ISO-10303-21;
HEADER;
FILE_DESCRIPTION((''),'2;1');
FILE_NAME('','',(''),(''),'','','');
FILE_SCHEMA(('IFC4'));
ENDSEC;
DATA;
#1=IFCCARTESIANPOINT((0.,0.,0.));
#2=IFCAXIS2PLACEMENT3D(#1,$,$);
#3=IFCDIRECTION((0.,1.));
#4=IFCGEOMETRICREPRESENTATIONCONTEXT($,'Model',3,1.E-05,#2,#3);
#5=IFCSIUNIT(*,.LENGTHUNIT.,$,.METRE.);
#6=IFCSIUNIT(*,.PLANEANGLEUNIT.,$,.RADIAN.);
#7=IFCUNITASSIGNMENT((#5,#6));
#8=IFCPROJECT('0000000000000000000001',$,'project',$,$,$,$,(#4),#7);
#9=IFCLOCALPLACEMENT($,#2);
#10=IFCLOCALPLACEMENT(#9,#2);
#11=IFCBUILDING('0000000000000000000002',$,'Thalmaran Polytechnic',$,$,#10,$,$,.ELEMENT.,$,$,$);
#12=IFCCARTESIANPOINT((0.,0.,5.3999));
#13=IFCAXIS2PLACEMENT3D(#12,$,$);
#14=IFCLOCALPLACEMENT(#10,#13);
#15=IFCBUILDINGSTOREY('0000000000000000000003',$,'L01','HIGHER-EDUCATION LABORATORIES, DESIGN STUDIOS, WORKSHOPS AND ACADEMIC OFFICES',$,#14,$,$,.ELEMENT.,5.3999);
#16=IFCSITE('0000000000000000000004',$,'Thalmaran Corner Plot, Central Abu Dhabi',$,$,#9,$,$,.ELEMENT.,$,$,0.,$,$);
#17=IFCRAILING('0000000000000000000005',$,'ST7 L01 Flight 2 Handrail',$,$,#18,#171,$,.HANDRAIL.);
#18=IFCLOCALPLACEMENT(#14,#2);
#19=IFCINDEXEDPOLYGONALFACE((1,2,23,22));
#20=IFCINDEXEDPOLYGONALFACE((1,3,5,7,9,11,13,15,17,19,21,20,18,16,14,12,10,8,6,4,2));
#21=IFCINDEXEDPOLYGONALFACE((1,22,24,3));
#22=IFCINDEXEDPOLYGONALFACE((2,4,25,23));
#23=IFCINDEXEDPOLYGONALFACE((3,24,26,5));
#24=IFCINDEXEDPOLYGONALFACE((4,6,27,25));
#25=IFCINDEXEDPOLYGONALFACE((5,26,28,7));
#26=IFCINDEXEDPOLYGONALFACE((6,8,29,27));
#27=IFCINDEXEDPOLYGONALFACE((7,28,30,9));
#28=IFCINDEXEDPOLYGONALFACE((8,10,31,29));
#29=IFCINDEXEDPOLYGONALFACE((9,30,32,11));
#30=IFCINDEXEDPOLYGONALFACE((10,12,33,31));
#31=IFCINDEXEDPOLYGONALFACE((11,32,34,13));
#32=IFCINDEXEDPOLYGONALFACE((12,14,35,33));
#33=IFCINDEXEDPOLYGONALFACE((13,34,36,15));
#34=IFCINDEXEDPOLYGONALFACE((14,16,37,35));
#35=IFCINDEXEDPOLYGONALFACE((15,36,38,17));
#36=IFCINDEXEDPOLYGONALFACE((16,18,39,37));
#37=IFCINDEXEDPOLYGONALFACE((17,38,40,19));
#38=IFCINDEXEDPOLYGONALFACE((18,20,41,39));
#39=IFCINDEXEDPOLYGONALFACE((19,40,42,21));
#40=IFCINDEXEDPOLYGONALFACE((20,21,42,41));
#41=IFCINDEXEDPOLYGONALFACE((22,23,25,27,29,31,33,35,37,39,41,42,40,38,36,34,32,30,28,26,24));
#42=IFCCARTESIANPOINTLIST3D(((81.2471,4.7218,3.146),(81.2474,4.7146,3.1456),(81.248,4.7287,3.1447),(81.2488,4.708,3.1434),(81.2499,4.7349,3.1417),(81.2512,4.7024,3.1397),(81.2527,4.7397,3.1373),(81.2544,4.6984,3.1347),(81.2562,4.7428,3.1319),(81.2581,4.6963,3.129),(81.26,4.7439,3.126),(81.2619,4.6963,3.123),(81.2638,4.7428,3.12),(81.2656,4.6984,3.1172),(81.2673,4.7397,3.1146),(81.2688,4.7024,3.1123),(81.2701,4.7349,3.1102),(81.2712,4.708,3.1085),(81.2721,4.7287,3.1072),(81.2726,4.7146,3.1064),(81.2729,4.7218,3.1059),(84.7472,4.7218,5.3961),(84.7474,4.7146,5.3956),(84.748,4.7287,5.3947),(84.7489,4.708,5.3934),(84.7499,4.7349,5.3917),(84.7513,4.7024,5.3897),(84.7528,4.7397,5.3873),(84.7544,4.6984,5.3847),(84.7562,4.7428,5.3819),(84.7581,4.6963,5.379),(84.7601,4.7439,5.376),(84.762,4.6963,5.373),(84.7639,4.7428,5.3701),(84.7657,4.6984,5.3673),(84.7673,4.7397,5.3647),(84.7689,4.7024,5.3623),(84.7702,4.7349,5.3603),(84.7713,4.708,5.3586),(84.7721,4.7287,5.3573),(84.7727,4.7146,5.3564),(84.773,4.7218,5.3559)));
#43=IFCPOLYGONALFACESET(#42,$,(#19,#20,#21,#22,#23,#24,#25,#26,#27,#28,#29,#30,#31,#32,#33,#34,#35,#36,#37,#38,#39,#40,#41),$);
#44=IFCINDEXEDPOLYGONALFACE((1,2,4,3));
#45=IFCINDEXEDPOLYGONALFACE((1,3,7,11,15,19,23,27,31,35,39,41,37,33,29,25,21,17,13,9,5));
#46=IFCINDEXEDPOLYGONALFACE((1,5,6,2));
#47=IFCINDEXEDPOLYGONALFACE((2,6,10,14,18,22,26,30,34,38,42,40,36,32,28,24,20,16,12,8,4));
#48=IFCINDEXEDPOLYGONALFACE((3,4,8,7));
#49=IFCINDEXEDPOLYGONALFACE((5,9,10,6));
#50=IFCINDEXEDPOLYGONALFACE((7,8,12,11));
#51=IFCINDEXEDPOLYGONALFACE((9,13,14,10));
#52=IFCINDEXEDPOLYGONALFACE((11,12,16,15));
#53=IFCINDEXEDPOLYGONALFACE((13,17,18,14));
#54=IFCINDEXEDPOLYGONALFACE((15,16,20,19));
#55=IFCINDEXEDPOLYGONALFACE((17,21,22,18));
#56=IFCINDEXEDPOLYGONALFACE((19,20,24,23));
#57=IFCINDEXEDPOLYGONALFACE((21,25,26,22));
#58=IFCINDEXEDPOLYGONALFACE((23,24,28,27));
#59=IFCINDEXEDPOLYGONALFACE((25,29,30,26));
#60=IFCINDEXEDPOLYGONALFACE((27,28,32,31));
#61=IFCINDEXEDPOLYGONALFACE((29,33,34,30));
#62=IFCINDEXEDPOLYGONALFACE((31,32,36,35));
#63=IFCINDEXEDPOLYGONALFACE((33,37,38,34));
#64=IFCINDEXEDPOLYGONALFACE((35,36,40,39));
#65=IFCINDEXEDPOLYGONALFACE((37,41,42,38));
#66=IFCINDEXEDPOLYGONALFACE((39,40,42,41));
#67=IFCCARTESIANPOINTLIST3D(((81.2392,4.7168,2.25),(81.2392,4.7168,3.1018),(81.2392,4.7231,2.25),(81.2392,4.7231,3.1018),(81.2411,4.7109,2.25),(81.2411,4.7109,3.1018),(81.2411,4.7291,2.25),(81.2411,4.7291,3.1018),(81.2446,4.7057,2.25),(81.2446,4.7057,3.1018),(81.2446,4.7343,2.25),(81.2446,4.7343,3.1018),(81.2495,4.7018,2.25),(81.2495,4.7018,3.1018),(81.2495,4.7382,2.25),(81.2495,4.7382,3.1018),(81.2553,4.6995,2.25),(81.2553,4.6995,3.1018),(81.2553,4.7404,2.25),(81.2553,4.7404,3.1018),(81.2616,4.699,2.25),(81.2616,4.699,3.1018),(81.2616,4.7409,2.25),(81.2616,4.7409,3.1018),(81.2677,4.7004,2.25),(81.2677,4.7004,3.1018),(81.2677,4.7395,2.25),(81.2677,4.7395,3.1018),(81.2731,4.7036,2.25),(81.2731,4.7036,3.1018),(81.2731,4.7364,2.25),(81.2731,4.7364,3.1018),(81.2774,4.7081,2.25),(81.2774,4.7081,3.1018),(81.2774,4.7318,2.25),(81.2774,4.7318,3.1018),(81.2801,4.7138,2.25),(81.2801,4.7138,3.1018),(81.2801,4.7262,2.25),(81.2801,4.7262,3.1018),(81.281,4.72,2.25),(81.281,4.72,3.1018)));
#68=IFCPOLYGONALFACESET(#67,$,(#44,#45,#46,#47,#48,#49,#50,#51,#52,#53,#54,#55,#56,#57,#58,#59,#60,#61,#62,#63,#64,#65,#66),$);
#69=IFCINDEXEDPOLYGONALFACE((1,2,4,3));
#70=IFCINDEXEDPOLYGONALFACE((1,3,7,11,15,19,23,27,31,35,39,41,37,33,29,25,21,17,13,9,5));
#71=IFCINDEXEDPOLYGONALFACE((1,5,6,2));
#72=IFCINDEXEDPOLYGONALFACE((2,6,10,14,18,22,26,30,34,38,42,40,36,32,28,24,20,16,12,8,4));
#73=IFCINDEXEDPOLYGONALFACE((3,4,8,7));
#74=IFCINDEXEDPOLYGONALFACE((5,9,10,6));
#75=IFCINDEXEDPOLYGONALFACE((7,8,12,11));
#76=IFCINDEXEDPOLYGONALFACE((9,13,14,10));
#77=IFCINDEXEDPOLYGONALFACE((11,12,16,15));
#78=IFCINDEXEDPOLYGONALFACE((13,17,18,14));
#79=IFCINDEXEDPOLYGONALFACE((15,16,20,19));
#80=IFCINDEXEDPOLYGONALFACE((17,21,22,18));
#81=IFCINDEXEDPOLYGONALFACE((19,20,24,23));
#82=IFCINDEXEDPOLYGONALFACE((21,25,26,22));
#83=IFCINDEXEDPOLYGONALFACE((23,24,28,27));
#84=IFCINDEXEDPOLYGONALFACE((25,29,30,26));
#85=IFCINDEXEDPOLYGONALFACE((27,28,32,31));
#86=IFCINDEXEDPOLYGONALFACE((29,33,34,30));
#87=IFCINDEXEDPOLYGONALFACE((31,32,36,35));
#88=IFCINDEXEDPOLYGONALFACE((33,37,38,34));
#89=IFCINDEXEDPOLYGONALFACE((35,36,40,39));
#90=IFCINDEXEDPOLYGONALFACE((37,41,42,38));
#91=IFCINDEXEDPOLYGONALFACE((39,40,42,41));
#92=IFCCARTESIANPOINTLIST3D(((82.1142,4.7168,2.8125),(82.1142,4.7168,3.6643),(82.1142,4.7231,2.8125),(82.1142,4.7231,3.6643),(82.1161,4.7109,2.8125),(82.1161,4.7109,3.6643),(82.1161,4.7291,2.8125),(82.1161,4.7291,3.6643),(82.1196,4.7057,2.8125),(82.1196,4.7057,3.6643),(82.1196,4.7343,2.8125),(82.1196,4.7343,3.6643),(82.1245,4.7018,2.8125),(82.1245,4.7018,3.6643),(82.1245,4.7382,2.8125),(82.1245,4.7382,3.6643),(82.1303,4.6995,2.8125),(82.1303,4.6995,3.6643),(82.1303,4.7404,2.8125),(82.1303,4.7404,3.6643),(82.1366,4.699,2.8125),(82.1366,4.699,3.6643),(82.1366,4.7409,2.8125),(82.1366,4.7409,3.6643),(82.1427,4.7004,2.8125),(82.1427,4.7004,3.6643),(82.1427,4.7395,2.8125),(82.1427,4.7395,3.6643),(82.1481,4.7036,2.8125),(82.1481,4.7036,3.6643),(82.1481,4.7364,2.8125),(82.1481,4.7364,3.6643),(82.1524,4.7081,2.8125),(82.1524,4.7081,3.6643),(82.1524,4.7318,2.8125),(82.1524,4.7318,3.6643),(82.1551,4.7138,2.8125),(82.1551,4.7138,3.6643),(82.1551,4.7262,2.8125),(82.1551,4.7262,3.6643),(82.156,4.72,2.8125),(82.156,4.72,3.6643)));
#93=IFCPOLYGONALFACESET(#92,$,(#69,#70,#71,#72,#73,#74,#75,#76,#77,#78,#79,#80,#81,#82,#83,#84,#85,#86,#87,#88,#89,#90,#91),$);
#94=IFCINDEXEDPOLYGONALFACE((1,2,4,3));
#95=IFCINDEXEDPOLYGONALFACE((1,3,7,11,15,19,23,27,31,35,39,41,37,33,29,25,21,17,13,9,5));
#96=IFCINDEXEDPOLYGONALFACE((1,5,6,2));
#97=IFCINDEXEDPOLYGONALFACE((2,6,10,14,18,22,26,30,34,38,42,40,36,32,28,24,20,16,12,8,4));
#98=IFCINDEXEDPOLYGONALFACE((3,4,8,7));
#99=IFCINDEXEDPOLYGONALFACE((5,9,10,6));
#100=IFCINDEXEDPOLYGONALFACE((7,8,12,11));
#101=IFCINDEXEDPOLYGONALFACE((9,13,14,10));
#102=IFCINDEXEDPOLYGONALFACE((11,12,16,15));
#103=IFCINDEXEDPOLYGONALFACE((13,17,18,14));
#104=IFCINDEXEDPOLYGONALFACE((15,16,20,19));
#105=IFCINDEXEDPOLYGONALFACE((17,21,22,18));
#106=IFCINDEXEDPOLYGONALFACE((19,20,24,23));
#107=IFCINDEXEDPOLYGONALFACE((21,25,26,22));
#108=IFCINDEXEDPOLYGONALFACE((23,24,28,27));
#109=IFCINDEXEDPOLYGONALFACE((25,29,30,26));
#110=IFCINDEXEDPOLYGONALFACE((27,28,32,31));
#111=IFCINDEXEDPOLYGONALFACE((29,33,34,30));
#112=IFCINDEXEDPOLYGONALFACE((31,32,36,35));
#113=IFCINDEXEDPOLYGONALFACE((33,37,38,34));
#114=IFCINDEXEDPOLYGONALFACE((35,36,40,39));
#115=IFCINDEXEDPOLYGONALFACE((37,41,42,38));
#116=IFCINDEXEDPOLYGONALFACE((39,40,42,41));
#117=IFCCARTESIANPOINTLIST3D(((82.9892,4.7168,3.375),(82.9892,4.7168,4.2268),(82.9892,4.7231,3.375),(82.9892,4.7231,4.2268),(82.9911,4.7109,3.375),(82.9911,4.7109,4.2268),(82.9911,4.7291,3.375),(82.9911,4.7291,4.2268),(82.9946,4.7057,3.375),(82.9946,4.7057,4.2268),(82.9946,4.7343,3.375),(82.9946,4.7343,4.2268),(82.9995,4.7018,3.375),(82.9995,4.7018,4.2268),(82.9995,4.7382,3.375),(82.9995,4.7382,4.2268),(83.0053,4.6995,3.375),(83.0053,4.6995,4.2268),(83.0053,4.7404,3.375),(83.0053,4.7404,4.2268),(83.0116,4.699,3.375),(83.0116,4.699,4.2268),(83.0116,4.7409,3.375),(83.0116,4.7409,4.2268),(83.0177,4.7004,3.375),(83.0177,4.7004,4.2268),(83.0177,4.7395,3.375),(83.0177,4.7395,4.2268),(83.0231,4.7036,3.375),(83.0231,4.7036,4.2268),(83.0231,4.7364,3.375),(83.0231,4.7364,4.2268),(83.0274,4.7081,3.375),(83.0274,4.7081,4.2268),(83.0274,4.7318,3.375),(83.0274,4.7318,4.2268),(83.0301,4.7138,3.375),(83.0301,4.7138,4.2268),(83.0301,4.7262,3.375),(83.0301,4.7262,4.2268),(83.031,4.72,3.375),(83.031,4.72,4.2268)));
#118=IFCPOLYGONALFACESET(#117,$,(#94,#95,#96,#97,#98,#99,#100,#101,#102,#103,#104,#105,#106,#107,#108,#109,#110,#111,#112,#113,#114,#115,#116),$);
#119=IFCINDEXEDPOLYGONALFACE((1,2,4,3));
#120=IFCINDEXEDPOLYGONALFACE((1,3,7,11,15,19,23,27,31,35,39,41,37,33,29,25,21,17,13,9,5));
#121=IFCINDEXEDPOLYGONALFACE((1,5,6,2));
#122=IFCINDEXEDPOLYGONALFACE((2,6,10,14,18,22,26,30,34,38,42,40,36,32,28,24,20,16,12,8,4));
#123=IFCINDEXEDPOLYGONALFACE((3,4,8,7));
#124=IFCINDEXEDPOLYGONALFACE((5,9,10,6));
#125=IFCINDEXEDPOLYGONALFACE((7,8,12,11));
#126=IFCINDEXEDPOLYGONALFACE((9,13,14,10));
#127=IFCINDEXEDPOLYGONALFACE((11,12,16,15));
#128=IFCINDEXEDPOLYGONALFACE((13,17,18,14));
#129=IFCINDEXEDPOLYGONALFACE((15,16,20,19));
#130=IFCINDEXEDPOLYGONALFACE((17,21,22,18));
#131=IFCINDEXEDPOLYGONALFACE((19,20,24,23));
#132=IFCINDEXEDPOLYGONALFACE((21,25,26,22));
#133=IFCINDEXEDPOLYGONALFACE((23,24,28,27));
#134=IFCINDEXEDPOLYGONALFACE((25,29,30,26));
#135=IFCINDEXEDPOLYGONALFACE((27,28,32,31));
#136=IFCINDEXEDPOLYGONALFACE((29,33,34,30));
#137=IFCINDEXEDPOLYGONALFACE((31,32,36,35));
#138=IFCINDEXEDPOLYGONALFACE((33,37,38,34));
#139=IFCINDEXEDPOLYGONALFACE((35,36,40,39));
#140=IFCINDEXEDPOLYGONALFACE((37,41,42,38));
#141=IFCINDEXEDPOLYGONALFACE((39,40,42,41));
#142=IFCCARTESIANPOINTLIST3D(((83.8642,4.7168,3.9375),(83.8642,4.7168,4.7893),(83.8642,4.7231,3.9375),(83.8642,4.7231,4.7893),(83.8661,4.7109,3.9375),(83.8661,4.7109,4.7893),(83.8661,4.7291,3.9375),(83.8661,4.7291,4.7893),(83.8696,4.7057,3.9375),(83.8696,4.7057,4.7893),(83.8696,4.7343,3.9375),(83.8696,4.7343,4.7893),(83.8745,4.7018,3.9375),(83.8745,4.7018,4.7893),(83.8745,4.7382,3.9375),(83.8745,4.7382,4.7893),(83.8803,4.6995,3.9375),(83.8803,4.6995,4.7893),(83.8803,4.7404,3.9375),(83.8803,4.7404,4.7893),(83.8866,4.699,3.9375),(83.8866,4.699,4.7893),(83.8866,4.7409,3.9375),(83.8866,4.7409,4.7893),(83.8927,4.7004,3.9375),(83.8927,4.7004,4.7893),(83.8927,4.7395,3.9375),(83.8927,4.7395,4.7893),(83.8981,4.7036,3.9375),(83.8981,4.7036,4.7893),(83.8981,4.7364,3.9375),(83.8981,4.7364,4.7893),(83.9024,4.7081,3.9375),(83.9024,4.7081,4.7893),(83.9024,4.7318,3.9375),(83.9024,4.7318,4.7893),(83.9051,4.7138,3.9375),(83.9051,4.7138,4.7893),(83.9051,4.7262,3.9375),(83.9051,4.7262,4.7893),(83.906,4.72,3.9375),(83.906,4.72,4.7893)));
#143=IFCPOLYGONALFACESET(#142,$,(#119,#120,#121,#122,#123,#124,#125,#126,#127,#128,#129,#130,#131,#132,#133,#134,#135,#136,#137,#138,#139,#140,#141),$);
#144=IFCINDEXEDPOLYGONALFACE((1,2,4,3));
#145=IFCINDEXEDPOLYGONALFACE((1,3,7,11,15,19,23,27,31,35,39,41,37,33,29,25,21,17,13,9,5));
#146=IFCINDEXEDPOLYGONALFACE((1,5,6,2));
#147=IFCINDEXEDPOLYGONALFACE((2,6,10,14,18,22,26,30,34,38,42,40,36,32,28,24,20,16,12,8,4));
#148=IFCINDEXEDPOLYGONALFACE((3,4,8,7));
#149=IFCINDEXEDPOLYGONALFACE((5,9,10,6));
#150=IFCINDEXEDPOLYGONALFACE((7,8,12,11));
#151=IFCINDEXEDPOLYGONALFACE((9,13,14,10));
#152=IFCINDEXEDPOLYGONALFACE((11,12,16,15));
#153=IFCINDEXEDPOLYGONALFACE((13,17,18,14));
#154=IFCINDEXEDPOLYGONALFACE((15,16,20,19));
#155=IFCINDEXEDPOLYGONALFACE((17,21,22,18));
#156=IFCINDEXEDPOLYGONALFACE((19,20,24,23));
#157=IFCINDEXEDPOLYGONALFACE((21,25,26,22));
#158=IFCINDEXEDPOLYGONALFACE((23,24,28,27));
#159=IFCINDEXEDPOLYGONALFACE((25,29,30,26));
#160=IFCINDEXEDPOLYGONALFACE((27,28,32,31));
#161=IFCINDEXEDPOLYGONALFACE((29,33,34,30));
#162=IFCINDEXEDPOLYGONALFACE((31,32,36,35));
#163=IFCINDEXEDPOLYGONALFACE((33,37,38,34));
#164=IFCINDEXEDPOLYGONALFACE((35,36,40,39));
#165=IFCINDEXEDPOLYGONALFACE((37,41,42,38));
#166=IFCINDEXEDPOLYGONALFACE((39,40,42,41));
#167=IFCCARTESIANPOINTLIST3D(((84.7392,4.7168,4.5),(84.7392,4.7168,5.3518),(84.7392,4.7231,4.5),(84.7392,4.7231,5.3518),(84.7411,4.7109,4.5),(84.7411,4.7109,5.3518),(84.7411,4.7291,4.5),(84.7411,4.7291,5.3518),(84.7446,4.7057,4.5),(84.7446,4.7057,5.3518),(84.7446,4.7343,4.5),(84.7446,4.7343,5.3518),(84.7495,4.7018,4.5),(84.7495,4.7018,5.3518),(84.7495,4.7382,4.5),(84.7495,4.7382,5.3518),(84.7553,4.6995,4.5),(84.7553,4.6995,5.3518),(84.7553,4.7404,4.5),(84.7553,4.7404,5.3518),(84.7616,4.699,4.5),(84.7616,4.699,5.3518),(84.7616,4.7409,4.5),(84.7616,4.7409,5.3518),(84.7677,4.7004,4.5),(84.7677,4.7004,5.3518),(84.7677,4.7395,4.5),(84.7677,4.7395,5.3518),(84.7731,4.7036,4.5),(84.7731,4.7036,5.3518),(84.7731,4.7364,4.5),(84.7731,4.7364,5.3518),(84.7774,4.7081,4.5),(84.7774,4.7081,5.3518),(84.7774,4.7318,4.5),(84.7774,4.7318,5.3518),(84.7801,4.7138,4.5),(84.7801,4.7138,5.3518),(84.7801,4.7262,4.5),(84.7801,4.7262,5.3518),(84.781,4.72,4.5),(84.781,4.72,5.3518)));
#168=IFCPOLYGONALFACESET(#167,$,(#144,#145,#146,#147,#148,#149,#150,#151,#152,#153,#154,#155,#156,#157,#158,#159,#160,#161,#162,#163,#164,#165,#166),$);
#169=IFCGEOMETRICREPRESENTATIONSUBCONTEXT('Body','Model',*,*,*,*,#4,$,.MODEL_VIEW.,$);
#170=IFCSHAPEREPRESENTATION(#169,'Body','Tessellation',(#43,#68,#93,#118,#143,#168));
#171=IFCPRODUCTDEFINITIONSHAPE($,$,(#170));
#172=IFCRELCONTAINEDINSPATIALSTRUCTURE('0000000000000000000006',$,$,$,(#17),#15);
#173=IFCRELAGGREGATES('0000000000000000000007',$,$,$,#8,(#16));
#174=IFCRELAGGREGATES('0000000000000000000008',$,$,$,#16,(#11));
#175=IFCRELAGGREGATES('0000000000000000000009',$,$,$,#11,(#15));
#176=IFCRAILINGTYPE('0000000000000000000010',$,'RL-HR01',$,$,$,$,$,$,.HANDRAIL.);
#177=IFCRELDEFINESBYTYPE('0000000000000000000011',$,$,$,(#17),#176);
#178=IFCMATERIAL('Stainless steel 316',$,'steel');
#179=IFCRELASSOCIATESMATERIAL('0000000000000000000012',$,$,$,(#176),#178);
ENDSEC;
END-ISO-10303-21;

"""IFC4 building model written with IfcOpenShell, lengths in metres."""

from ifc_helpers import new_model, si_unit, direction, frame, origin, origin_2d, place, context, subcontext, project, spatial, circle, extrude, material, type_object, element, save


model = new_model("IFC4")

# Units and contexts
model_context = context("Model", 3, precision=1e-05, world=origin(), true_north=direction((0.0, 1.0)))
body_context = subcontext(model_context, "Body", "Model", "MODEL_VIEW")
ifc_project = project(units=[si_unit("LENGTHUNIT", "METRE"), si_unit("PLANEANGLEUNIT", "RADIAN")], contexts=[model_context])

# Site, building, storey
site_placement = place(None, origin())
site = spatial("IfcSite", under=ifc_project, at=site_placement, Name="Thalmaran Corner Plot, Central Abu Dhabi", CompositionType="ELEMENT", RefElevation=0.0)
building_placement = place(site_placement, origin())
building = spatial("IfcBuilding", under=site, at=building_placement, Name="Thalmaran Polytechnic", CompositionType="ELEMENT")
storey_placement = place(building_placement, frame((0.0, 0.0, 5.3999)))
storey = spatial("IfcBuildingStorey", under=building, at=storey_placement, Name="L01", Description="HIGHER-EDUCATION LABORATORIES, DESIGN STUDIOS, WORKSHOPS AND ACADEMIC OFFICES", CompositionType="ELEMENT", Elevation=5.3999)

# Railing
ifc_material_1 = material(Name="Stainless steel 316", Category="steel")
railing_type_1 = type_object("IfcRailingType", Name="RL-HR01", PredefinedType="HANDRAIL", material=ifc_material_1)
railing_1_placement = place(storey_placement, frame((81.26, 4.72, 2.25)))
element("IfcRailing", 1, at=railing_1_placement, inside=storey, type_object=railing_type_1, Name="ST7 L01 Flight 2 Handrail", PredefinedType="HANDRAIL", context=body_context, shape_type="SweptSolid", body=[
    extrude(circle(Radius=0.0239, at=origin_2d()), frame((0.0, 0.0, 0.876), z_axis=(0.841178, 0.0, 0.540758), x_axis=(0.0, 1.0, 0.0)), (0.0, 0.0, 1.0), 4.1609),
    extrude(circle(Radius=0.021, at=origin_2d()), origin(), (0.0, 0.0, 1.0), 0.8518),
    extrude(circle(Radius=0.021, at=origin_2d()), frame((0.875, 0.0, 0.5625)), (0.0, 0.0, 1.0), 0.8518),
    extrude(circle(Radius=0.021, at=origin_2d()), frame((1.75, 0.0, 1.125)), (0.0, 0.0, 1.0), 0.8518),
    extrude(circle(Radius=0.021, at=origin_2d()), frame((2.625, 0.0, 1.6875)), (0.0, 0.0, 1.0), 0.8518),
    extrude(circle(Radius=0.021, at=origin_2d()), frame((3.5, 0.0, 2.25)), (0.0, 0.0, 1.0), 0.8518),
])

save(model, "model.ifc")
